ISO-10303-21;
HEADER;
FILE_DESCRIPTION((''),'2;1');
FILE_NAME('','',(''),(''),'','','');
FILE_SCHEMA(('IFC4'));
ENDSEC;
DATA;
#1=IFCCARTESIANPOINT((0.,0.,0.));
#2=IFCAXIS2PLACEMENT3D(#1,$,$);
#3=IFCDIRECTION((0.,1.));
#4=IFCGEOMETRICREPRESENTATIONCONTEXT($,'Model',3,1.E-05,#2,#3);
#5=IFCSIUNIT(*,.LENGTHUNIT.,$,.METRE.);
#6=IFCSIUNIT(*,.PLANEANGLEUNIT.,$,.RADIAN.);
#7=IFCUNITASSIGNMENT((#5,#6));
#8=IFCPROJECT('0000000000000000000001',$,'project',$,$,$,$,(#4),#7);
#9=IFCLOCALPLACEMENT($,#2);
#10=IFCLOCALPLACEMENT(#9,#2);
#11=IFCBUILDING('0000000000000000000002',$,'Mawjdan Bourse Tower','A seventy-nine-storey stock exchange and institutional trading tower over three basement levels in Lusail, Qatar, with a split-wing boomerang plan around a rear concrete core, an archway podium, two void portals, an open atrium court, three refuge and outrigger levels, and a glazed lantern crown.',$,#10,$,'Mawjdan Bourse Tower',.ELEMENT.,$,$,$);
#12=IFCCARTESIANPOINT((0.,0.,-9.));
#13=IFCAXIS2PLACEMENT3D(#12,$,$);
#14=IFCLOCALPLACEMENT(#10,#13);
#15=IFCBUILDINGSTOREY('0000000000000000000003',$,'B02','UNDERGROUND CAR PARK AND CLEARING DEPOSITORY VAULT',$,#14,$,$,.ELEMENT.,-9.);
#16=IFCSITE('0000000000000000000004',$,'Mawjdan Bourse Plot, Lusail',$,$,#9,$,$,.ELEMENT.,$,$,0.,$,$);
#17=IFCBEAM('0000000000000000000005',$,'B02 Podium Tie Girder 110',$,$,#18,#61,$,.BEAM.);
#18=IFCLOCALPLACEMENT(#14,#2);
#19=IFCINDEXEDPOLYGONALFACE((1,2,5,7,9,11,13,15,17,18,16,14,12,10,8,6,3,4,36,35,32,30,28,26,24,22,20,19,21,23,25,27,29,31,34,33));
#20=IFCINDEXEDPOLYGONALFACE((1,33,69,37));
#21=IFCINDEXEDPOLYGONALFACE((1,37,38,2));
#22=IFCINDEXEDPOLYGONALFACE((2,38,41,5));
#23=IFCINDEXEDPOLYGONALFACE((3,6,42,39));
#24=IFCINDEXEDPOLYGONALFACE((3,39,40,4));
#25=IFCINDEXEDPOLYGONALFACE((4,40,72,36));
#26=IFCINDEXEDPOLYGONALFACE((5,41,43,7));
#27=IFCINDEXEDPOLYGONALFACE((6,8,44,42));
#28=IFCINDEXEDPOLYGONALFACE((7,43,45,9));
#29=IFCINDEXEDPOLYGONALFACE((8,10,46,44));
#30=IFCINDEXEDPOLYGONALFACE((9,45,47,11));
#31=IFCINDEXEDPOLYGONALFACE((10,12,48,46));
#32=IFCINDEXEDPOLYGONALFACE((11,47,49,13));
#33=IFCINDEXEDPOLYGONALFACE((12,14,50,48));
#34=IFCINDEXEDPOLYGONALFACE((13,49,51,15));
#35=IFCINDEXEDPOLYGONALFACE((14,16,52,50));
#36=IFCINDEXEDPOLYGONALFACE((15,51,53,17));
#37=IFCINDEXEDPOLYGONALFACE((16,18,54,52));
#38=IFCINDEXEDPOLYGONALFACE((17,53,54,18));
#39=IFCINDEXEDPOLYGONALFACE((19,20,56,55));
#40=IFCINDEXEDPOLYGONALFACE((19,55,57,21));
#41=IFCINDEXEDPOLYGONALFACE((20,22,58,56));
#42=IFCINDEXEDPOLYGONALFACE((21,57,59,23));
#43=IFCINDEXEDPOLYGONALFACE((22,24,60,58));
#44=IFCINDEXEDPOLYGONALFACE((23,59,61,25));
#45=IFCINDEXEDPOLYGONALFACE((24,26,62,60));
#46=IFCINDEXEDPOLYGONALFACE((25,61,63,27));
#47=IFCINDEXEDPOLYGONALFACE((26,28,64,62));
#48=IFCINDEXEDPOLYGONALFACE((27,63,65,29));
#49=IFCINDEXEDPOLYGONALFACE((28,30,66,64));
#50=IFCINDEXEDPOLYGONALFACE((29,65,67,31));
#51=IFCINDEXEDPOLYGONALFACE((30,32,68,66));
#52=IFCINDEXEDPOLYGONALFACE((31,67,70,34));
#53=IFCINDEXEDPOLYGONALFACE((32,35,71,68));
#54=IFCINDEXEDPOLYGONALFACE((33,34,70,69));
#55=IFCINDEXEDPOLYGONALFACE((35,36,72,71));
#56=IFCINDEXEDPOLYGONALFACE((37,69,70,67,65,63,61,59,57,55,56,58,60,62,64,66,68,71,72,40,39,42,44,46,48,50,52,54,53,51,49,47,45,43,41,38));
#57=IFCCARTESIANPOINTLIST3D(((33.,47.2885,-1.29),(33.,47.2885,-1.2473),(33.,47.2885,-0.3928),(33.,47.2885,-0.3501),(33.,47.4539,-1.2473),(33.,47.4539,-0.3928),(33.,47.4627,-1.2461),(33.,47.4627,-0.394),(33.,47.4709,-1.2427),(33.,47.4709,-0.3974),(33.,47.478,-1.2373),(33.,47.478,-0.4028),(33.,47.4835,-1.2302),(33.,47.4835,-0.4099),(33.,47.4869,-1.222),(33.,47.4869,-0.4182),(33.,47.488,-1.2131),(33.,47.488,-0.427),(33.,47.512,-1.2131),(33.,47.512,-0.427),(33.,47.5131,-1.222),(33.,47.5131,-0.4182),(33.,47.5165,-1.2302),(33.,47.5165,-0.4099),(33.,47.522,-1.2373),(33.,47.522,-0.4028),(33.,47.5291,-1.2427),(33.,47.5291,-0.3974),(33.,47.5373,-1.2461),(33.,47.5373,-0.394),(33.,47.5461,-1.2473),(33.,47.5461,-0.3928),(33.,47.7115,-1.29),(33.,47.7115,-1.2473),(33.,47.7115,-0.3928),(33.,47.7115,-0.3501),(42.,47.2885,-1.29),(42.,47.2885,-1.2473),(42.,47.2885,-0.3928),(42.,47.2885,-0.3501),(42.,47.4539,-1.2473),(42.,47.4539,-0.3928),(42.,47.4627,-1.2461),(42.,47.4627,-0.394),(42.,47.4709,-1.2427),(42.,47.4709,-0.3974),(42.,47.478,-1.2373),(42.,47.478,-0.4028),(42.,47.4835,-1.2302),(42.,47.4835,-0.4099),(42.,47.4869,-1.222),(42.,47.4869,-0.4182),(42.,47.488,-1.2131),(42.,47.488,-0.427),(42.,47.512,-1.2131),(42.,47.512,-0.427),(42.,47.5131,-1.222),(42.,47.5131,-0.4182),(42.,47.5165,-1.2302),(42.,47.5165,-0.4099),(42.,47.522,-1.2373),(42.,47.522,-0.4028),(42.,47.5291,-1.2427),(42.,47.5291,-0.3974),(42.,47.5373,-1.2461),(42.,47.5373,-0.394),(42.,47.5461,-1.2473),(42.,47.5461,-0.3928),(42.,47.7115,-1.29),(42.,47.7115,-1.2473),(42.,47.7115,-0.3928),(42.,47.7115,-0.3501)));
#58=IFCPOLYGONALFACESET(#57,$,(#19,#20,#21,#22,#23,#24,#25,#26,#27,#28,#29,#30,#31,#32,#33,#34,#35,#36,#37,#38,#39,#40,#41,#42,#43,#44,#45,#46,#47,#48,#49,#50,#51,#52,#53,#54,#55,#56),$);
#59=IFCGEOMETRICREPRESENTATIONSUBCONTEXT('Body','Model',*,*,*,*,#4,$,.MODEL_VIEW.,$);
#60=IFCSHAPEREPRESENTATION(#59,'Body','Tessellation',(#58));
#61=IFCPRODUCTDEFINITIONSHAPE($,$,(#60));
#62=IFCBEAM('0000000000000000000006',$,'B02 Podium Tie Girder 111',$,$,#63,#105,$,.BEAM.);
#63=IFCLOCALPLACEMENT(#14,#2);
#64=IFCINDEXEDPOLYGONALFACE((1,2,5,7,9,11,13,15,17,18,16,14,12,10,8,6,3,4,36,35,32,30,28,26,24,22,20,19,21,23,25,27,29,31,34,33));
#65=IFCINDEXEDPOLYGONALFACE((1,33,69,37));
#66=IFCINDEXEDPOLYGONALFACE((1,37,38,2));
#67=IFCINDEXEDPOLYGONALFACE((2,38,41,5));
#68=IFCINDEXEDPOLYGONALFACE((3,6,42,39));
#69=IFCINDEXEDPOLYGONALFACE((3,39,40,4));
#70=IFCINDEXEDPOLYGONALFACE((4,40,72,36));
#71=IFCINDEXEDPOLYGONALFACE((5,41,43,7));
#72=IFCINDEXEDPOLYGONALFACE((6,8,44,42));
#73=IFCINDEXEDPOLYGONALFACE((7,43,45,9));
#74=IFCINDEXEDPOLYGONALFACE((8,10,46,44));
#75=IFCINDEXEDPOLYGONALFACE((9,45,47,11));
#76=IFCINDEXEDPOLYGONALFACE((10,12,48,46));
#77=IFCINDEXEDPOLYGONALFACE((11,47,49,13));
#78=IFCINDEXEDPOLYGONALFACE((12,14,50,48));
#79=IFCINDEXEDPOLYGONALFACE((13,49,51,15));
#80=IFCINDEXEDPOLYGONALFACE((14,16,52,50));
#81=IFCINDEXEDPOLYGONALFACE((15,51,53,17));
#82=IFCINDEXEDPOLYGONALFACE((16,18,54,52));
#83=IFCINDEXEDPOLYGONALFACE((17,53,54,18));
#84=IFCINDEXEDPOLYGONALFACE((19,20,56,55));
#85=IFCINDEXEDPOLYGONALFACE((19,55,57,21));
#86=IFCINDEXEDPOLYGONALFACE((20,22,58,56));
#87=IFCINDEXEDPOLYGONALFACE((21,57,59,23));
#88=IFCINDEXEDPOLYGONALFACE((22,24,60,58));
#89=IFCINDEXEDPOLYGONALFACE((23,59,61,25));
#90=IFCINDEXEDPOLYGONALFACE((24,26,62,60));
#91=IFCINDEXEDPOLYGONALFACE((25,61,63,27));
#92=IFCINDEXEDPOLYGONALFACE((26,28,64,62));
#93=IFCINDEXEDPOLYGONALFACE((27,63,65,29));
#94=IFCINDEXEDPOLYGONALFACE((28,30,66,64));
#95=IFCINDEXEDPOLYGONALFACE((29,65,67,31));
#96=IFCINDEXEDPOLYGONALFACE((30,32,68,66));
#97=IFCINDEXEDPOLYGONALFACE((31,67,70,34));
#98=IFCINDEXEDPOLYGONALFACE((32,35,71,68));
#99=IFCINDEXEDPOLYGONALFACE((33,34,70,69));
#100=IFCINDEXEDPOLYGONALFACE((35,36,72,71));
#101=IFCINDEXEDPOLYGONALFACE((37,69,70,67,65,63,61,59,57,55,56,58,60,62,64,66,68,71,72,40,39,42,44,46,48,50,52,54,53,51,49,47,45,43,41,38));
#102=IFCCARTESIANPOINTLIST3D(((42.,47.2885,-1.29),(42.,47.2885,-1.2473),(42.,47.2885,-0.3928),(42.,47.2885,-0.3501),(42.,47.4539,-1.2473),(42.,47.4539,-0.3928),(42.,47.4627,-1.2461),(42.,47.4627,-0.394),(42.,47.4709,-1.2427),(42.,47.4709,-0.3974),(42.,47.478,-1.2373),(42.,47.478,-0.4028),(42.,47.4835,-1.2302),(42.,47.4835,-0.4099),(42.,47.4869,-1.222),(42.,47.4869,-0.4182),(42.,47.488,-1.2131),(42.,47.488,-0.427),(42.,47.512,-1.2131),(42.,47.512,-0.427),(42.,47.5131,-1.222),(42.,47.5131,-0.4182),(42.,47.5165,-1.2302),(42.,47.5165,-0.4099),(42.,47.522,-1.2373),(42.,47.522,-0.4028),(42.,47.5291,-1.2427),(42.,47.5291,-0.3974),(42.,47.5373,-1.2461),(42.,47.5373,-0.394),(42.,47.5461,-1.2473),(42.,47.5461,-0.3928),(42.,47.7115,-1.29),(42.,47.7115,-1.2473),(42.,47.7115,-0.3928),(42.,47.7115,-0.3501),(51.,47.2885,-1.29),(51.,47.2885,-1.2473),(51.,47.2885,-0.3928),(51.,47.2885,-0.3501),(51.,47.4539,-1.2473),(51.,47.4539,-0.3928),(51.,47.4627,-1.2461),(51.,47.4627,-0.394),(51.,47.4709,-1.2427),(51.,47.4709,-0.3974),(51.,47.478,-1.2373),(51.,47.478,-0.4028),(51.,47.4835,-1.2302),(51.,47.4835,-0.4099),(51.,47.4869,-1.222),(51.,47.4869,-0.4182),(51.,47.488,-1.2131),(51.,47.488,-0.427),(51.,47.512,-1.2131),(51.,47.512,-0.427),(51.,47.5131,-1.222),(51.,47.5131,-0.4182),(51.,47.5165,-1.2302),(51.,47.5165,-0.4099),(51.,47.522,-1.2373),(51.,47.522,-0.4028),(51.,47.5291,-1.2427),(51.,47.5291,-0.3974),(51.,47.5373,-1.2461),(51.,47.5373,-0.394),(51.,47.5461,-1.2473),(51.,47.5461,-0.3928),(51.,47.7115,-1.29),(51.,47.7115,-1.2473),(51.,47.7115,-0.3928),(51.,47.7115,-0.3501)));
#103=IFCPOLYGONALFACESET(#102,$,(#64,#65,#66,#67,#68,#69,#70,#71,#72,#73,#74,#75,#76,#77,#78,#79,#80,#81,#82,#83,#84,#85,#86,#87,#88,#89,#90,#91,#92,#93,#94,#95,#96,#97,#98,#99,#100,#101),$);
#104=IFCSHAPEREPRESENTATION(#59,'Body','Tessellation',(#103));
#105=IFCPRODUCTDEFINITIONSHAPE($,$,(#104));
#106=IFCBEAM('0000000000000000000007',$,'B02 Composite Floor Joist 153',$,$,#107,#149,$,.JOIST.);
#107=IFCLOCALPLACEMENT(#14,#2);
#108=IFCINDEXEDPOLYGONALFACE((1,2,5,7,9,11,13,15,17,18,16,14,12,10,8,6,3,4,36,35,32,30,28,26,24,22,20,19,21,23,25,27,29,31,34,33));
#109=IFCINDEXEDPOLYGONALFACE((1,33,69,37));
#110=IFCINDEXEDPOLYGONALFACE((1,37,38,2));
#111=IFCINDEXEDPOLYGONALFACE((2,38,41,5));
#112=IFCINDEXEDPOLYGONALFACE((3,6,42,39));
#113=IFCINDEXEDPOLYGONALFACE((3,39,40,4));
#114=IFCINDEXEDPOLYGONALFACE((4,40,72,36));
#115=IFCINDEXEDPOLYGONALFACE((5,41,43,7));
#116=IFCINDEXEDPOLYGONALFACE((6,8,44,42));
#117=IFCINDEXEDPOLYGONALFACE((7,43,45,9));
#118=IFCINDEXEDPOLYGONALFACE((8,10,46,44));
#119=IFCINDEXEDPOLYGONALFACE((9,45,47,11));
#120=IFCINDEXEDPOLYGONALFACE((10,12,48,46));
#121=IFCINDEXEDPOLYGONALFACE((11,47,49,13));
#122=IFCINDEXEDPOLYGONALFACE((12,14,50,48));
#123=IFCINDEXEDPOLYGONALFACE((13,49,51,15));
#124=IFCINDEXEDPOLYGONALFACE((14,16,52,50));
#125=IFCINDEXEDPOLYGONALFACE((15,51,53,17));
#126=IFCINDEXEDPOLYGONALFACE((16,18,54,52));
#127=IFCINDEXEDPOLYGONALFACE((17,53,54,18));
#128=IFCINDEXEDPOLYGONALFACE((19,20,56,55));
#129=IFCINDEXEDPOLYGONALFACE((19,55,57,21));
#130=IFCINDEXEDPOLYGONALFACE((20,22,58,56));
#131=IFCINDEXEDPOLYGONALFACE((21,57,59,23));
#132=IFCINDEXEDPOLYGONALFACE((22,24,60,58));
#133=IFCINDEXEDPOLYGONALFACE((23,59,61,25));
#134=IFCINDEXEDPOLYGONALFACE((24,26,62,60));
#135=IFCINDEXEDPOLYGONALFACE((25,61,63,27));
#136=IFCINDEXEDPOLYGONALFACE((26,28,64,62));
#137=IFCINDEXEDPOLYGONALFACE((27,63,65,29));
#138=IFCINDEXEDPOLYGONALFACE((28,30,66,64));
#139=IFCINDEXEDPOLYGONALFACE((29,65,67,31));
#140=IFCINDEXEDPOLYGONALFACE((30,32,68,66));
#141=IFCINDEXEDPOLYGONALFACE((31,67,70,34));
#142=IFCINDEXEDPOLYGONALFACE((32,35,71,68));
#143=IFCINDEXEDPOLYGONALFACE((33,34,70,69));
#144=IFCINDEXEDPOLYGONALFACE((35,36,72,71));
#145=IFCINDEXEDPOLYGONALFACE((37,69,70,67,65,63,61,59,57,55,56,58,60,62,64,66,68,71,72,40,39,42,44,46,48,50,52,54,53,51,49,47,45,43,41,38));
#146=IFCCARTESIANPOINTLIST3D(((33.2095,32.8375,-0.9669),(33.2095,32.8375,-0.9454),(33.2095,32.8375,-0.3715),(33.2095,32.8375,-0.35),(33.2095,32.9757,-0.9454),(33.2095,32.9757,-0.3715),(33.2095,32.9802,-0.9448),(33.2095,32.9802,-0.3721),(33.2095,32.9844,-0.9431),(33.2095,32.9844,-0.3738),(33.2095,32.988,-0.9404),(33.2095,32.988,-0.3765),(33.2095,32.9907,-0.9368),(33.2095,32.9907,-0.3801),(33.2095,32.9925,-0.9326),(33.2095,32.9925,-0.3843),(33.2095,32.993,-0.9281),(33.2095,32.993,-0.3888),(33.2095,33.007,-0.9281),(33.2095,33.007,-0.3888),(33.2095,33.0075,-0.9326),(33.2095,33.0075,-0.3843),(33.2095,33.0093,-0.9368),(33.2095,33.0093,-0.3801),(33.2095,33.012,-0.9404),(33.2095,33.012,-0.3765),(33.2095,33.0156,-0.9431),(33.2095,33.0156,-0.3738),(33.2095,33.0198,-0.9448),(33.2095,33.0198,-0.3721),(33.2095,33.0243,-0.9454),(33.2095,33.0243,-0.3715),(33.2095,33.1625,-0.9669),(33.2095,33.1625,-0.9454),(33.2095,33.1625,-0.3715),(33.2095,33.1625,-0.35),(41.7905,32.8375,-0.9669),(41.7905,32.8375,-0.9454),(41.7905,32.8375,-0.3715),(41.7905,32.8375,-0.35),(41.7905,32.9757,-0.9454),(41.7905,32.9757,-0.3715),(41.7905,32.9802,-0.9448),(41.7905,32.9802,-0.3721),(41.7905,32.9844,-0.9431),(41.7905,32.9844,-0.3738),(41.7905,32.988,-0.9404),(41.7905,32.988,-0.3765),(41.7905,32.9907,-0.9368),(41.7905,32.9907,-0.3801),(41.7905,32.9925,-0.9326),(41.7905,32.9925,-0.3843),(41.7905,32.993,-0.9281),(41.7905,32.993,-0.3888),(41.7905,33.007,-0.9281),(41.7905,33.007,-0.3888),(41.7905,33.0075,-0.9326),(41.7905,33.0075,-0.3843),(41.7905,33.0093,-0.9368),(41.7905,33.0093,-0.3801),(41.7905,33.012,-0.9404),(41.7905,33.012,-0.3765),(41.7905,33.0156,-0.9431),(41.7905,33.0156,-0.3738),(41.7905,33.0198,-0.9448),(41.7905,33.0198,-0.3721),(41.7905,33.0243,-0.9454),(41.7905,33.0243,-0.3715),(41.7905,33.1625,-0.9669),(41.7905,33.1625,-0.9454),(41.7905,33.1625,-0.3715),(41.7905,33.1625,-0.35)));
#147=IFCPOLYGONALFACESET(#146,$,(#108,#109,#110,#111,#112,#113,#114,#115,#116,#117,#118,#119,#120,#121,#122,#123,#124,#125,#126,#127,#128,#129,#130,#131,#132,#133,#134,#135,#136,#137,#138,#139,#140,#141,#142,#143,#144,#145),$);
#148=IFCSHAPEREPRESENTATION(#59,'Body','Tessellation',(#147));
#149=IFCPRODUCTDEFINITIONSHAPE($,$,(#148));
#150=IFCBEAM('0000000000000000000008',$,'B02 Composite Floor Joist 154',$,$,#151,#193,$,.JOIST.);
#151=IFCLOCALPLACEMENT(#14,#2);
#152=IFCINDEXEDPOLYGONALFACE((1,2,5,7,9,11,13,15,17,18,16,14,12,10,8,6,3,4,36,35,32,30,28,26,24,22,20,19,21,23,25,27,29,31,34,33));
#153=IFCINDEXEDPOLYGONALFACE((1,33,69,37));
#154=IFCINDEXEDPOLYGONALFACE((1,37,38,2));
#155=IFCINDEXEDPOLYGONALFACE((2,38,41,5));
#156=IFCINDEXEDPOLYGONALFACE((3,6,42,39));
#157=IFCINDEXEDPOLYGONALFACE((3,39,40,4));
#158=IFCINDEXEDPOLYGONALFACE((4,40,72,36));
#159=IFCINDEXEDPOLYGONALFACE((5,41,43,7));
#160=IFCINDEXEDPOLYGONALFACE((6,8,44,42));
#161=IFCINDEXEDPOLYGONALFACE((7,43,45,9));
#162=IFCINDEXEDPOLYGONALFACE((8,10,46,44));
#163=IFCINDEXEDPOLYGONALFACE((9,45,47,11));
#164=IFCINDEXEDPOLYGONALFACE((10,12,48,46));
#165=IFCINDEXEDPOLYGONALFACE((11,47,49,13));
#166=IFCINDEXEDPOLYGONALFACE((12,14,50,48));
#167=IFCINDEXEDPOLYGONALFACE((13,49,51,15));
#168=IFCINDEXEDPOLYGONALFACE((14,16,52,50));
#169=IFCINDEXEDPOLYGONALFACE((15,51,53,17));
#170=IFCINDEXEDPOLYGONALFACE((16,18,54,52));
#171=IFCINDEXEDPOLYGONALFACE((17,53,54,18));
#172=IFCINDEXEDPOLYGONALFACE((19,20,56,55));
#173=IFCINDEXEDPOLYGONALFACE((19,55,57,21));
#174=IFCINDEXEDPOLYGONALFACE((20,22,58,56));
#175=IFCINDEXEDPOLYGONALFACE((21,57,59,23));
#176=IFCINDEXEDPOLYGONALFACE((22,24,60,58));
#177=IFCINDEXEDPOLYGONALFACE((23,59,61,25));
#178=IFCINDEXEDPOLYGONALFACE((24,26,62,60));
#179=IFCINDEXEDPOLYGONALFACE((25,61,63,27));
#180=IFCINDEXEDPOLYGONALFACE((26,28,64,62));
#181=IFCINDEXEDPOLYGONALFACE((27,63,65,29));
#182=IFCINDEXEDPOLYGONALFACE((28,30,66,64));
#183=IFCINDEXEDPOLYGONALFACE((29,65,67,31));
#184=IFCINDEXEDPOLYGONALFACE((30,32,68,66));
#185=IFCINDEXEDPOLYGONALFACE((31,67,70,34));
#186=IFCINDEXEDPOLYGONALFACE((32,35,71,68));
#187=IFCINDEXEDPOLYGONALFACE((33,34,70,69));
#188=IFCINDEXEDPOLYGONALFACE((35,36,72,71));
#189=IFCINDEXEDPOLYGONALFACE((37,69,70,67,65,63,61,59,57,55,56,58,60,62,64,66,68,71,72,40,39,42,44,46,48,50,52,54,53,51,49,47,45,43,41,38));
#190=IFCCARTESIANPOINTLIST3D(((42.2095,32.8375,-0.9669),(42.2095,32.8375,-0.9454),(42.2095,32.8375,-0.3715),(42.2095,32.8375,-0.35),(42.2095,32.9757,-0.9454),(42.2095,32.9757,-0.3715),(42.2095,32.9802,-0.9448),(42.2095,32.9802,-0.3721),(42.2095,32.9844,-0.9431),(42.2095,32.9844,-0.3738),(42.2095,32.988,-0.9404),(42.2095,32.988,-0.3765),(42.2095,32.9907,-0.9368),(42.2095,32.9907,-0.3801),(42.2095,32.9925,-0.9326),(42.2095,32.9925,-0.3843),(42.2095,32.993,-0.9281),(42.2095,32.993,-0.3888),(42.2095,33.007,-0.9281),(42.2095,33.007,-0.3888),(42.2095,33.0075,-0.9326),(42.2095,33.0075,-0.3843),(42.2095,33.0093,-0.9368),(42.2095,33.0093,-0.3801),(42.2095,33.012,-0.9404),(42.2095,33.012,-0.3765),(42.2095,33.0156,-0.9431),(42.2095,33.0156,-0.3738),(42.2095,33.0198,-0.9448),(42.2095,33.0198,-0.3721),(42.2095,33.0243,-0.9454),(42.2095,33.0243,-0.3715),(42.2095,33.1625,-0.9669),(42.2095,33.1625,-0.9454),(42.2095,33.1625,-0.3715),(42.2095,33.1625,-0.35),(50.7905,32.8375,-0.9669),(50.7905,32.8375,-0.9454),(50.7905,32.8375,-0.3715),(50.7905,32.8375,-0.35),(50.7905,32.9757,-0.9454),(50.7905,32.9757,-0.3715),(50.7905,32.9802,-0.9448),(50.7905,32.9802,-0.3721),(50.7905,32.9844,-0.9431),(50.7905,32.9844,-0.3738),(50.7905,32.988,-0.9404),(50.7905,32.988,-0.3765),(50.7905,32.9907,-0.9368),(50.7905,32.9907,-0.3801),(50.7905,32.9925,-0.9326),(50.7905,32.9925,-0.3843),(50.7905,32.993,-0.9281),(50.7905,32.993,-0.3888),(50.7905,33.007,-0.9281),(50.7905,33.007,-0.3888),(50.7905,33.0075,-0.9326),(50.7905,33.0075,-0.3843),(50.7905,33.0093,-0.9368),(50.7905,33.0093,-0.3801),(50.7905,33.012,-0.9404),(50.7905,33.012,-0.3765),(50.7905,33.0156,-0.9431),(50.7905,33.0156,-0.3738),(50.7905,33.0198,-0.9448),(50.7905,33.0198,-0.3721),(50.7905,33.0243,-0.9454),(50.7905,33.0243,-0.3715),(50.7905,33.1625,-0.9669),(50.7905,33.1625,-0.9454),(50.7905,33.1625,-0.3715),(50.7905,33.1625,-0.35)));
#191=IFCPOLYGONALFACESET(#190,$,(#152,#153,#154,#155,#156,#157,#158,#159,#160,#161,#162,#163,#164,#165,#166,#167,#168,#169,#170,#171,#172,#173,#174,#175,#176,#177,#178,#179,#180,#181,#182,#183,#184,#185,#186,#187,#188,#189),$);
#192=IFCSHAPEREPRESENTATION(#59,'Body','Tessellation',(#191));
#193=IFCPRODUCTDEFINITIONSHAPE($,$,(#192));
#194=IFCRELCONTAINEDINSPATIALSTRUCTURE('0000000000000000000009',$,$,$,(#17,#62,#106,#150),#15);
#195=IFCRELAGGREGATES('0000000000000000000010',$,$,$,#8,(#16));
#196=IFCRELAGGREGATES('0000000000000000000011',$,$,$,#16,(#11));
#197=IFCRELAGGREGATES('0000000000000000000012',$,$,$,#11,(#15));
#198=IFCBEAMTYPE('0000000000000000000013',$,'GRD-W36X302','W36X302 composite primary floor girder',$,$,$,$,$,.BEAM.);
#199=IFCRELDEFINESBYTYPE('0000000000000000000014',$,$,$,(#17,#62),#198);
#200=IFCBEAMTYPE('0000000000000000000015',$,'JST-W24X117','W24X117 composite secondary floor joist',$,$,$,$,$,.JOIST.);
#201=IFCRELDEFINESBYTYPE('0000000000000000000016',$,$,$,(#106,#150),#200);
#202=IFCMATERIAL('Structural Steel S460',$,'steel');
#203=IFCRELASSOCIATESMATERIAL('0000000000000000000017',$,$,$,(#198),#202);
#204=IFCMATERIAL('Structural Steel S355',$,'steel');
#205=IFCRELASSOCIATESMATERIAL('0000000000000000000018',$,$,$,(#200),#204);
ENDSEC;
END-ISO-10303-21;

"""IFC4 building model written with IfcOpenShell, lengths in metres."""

from ifc_helpers import new_model, si_unit, direction, frame, origin, origin_2d, place, context, subcontext, project, spatial, i_section, extrude, material, material_profile, profile_set, type_object, element, save


model = new_model("IFC4")

# Units and contexts
model_context = context("Model", 3, precision=1e-05, world=origin(), true_north=direction((0.0, 1.0)))
body_context = subcontext(model_context, "Body", "Model", "MODEL_VIEW")
ifc_project = project(units=[si_unit("LENGTHUNIT", "METRE"), si_unit("PLANEANGLEUNIT", "RADIAN")], contexts=[model_context])

# Site, building, storey
site_placement = place(None, origin())
site = spatial("IfcSite", under=ifc_project, at=site_placement, Name="Mawjdan Bourse Plot, Lusail", CompositionType="ELEMENT", RefElevation=0.0)
building_placement = place(site_placement, origin())
building = spatial("IfcBuilding", under=site, at=building_placement, Name="Mawjdan Bourse Tower", Description="A seventy-nine-storey stock exchange and institutional trading tower over three basement levels in Lusail, Qatar, with a split-wing boomerang plan around a rear concrete core, an archway podium, two void portals, an open atrium court, three refuge and outrigger levels, and a glazed lantern crown.", LongName="Mawjdan Bourse Tower", CompositionType="ELEMENT")
storey_placement = place(building_placement, frame((0.0, 0.0, -9.0)))
storey = spatial("IfcBuildingStorey", under=building, at=storey_placement, Name="B02", Description="UNDERGROUND CAR PARK AND CLEARING DEPOSITORY VAULT", CompositionType="ELEMENT", Elevation=-9.0)

# Beams
ifc_material_1 = material(Name="Structural Steel S460", Category="steel")
ifc_material_profile_1 = material_profile(ifc_material_1, i_section(OverallWidth=0.4231, OverallDepth=0.9399, WebThickness=0.0239, FlangeThickness=0.0427, FilletRadius=0.0342, at=origin_2d()), Name="W36X302")
ifc_profile_set_1 = profile_set([ifc_material_profile_1], Name="Structural Steel S460")
beam_type_1 = type_object("IfcBeamType", Name="GRD-W36X302", Description="W36X302 composite primary floor girder", PredefinedType="BEAM", material=ifc_profile_set_1)
for number, where, z_axis, x_axis, name in (
    (1, (33.0, 47.5, -0.8201), (1.0, 0.0, 0.0), (0.0, 1.0, 0.0), "B02 Podium Tie Girder 110"),
    (2, (42.0, 47.5, -0.8201), (1.0, 0.0, 0.0), (0.0, 1.0, 0.0), "B02 Podium Tie Girder 111"),
):
    element("IfcBeam", number, at=place(storey_placement, frame(where, z_axis=z_axis, x_axis=x_axis)), inside=storey, type_object=beam_type_1, Name=name, PredefinedType="BEAM", context=body_context, shape_type="SweptSolid", body=[
        extrude(i_section(OverallWidth=0.4231, OverallDepth=0.9399, WebThickness=0.0239, FlangeThickness=0.0427, FilletRadius=0.0342, at=origin_2d()), origin(), (0.0, 0.0, 1.0), 9.0),
    ])
ifc_material_2 = material(Name="Structural Steel S355", Category="steel")
ifc_material_profile_2 = material_profile(ifc_material_2, i_section(OverallWidth=0.325, OverallDepth=0.6169, WebThickness=0.0139, FlangeThickness=0.0215, FilletRadius=0.0173, at=origin_2d()), Name="W24X117")
ifc_profile_set_2 = profile_set([ifc_material_profile_2], Name="Structural Steel S355")
beam_type_2 = type_object("IfcBeamType", Name="JST-W24X117", Description="W24X117 composite secondary floor joist", PredefinedType="JOIST", material=ifc_profile_set_2)
for number, where, z_axis, x_axis, name in (
    (3, (33.2095, 33.0, -0.6584), (1.0, 0.0, 0.0), (0.0, 1.0, 0.0), "B02 Composite Floor Joist 153"),
    (4, (42.2095, 33.0, -0.6584), (1.0, 0.0, 0.0), (0.0, 1.0, 0.0), "B02 Composite Floor Joist 154"),
):
    element("IfcBeam", number, at=place(storey_placement, frame(where, z_axis=z_axis, x_axis=x_axis)), inside=storey, type_object=beam_type_2, Name=name, PredefinedType="JOIST", context=body_context, shape_type="SweptSolid", body=[
        extrude(i_section(OverallWidth=0.325, OverallDepth=0.6169, WebThickness=0.0139, FlangeThickness=0.0215, FilletRadius=0.0173, at=origin_2d()), origin(), (0.0, 0.0, 1.0), 8.5811),
    ])

save(model, "model.ifc")
